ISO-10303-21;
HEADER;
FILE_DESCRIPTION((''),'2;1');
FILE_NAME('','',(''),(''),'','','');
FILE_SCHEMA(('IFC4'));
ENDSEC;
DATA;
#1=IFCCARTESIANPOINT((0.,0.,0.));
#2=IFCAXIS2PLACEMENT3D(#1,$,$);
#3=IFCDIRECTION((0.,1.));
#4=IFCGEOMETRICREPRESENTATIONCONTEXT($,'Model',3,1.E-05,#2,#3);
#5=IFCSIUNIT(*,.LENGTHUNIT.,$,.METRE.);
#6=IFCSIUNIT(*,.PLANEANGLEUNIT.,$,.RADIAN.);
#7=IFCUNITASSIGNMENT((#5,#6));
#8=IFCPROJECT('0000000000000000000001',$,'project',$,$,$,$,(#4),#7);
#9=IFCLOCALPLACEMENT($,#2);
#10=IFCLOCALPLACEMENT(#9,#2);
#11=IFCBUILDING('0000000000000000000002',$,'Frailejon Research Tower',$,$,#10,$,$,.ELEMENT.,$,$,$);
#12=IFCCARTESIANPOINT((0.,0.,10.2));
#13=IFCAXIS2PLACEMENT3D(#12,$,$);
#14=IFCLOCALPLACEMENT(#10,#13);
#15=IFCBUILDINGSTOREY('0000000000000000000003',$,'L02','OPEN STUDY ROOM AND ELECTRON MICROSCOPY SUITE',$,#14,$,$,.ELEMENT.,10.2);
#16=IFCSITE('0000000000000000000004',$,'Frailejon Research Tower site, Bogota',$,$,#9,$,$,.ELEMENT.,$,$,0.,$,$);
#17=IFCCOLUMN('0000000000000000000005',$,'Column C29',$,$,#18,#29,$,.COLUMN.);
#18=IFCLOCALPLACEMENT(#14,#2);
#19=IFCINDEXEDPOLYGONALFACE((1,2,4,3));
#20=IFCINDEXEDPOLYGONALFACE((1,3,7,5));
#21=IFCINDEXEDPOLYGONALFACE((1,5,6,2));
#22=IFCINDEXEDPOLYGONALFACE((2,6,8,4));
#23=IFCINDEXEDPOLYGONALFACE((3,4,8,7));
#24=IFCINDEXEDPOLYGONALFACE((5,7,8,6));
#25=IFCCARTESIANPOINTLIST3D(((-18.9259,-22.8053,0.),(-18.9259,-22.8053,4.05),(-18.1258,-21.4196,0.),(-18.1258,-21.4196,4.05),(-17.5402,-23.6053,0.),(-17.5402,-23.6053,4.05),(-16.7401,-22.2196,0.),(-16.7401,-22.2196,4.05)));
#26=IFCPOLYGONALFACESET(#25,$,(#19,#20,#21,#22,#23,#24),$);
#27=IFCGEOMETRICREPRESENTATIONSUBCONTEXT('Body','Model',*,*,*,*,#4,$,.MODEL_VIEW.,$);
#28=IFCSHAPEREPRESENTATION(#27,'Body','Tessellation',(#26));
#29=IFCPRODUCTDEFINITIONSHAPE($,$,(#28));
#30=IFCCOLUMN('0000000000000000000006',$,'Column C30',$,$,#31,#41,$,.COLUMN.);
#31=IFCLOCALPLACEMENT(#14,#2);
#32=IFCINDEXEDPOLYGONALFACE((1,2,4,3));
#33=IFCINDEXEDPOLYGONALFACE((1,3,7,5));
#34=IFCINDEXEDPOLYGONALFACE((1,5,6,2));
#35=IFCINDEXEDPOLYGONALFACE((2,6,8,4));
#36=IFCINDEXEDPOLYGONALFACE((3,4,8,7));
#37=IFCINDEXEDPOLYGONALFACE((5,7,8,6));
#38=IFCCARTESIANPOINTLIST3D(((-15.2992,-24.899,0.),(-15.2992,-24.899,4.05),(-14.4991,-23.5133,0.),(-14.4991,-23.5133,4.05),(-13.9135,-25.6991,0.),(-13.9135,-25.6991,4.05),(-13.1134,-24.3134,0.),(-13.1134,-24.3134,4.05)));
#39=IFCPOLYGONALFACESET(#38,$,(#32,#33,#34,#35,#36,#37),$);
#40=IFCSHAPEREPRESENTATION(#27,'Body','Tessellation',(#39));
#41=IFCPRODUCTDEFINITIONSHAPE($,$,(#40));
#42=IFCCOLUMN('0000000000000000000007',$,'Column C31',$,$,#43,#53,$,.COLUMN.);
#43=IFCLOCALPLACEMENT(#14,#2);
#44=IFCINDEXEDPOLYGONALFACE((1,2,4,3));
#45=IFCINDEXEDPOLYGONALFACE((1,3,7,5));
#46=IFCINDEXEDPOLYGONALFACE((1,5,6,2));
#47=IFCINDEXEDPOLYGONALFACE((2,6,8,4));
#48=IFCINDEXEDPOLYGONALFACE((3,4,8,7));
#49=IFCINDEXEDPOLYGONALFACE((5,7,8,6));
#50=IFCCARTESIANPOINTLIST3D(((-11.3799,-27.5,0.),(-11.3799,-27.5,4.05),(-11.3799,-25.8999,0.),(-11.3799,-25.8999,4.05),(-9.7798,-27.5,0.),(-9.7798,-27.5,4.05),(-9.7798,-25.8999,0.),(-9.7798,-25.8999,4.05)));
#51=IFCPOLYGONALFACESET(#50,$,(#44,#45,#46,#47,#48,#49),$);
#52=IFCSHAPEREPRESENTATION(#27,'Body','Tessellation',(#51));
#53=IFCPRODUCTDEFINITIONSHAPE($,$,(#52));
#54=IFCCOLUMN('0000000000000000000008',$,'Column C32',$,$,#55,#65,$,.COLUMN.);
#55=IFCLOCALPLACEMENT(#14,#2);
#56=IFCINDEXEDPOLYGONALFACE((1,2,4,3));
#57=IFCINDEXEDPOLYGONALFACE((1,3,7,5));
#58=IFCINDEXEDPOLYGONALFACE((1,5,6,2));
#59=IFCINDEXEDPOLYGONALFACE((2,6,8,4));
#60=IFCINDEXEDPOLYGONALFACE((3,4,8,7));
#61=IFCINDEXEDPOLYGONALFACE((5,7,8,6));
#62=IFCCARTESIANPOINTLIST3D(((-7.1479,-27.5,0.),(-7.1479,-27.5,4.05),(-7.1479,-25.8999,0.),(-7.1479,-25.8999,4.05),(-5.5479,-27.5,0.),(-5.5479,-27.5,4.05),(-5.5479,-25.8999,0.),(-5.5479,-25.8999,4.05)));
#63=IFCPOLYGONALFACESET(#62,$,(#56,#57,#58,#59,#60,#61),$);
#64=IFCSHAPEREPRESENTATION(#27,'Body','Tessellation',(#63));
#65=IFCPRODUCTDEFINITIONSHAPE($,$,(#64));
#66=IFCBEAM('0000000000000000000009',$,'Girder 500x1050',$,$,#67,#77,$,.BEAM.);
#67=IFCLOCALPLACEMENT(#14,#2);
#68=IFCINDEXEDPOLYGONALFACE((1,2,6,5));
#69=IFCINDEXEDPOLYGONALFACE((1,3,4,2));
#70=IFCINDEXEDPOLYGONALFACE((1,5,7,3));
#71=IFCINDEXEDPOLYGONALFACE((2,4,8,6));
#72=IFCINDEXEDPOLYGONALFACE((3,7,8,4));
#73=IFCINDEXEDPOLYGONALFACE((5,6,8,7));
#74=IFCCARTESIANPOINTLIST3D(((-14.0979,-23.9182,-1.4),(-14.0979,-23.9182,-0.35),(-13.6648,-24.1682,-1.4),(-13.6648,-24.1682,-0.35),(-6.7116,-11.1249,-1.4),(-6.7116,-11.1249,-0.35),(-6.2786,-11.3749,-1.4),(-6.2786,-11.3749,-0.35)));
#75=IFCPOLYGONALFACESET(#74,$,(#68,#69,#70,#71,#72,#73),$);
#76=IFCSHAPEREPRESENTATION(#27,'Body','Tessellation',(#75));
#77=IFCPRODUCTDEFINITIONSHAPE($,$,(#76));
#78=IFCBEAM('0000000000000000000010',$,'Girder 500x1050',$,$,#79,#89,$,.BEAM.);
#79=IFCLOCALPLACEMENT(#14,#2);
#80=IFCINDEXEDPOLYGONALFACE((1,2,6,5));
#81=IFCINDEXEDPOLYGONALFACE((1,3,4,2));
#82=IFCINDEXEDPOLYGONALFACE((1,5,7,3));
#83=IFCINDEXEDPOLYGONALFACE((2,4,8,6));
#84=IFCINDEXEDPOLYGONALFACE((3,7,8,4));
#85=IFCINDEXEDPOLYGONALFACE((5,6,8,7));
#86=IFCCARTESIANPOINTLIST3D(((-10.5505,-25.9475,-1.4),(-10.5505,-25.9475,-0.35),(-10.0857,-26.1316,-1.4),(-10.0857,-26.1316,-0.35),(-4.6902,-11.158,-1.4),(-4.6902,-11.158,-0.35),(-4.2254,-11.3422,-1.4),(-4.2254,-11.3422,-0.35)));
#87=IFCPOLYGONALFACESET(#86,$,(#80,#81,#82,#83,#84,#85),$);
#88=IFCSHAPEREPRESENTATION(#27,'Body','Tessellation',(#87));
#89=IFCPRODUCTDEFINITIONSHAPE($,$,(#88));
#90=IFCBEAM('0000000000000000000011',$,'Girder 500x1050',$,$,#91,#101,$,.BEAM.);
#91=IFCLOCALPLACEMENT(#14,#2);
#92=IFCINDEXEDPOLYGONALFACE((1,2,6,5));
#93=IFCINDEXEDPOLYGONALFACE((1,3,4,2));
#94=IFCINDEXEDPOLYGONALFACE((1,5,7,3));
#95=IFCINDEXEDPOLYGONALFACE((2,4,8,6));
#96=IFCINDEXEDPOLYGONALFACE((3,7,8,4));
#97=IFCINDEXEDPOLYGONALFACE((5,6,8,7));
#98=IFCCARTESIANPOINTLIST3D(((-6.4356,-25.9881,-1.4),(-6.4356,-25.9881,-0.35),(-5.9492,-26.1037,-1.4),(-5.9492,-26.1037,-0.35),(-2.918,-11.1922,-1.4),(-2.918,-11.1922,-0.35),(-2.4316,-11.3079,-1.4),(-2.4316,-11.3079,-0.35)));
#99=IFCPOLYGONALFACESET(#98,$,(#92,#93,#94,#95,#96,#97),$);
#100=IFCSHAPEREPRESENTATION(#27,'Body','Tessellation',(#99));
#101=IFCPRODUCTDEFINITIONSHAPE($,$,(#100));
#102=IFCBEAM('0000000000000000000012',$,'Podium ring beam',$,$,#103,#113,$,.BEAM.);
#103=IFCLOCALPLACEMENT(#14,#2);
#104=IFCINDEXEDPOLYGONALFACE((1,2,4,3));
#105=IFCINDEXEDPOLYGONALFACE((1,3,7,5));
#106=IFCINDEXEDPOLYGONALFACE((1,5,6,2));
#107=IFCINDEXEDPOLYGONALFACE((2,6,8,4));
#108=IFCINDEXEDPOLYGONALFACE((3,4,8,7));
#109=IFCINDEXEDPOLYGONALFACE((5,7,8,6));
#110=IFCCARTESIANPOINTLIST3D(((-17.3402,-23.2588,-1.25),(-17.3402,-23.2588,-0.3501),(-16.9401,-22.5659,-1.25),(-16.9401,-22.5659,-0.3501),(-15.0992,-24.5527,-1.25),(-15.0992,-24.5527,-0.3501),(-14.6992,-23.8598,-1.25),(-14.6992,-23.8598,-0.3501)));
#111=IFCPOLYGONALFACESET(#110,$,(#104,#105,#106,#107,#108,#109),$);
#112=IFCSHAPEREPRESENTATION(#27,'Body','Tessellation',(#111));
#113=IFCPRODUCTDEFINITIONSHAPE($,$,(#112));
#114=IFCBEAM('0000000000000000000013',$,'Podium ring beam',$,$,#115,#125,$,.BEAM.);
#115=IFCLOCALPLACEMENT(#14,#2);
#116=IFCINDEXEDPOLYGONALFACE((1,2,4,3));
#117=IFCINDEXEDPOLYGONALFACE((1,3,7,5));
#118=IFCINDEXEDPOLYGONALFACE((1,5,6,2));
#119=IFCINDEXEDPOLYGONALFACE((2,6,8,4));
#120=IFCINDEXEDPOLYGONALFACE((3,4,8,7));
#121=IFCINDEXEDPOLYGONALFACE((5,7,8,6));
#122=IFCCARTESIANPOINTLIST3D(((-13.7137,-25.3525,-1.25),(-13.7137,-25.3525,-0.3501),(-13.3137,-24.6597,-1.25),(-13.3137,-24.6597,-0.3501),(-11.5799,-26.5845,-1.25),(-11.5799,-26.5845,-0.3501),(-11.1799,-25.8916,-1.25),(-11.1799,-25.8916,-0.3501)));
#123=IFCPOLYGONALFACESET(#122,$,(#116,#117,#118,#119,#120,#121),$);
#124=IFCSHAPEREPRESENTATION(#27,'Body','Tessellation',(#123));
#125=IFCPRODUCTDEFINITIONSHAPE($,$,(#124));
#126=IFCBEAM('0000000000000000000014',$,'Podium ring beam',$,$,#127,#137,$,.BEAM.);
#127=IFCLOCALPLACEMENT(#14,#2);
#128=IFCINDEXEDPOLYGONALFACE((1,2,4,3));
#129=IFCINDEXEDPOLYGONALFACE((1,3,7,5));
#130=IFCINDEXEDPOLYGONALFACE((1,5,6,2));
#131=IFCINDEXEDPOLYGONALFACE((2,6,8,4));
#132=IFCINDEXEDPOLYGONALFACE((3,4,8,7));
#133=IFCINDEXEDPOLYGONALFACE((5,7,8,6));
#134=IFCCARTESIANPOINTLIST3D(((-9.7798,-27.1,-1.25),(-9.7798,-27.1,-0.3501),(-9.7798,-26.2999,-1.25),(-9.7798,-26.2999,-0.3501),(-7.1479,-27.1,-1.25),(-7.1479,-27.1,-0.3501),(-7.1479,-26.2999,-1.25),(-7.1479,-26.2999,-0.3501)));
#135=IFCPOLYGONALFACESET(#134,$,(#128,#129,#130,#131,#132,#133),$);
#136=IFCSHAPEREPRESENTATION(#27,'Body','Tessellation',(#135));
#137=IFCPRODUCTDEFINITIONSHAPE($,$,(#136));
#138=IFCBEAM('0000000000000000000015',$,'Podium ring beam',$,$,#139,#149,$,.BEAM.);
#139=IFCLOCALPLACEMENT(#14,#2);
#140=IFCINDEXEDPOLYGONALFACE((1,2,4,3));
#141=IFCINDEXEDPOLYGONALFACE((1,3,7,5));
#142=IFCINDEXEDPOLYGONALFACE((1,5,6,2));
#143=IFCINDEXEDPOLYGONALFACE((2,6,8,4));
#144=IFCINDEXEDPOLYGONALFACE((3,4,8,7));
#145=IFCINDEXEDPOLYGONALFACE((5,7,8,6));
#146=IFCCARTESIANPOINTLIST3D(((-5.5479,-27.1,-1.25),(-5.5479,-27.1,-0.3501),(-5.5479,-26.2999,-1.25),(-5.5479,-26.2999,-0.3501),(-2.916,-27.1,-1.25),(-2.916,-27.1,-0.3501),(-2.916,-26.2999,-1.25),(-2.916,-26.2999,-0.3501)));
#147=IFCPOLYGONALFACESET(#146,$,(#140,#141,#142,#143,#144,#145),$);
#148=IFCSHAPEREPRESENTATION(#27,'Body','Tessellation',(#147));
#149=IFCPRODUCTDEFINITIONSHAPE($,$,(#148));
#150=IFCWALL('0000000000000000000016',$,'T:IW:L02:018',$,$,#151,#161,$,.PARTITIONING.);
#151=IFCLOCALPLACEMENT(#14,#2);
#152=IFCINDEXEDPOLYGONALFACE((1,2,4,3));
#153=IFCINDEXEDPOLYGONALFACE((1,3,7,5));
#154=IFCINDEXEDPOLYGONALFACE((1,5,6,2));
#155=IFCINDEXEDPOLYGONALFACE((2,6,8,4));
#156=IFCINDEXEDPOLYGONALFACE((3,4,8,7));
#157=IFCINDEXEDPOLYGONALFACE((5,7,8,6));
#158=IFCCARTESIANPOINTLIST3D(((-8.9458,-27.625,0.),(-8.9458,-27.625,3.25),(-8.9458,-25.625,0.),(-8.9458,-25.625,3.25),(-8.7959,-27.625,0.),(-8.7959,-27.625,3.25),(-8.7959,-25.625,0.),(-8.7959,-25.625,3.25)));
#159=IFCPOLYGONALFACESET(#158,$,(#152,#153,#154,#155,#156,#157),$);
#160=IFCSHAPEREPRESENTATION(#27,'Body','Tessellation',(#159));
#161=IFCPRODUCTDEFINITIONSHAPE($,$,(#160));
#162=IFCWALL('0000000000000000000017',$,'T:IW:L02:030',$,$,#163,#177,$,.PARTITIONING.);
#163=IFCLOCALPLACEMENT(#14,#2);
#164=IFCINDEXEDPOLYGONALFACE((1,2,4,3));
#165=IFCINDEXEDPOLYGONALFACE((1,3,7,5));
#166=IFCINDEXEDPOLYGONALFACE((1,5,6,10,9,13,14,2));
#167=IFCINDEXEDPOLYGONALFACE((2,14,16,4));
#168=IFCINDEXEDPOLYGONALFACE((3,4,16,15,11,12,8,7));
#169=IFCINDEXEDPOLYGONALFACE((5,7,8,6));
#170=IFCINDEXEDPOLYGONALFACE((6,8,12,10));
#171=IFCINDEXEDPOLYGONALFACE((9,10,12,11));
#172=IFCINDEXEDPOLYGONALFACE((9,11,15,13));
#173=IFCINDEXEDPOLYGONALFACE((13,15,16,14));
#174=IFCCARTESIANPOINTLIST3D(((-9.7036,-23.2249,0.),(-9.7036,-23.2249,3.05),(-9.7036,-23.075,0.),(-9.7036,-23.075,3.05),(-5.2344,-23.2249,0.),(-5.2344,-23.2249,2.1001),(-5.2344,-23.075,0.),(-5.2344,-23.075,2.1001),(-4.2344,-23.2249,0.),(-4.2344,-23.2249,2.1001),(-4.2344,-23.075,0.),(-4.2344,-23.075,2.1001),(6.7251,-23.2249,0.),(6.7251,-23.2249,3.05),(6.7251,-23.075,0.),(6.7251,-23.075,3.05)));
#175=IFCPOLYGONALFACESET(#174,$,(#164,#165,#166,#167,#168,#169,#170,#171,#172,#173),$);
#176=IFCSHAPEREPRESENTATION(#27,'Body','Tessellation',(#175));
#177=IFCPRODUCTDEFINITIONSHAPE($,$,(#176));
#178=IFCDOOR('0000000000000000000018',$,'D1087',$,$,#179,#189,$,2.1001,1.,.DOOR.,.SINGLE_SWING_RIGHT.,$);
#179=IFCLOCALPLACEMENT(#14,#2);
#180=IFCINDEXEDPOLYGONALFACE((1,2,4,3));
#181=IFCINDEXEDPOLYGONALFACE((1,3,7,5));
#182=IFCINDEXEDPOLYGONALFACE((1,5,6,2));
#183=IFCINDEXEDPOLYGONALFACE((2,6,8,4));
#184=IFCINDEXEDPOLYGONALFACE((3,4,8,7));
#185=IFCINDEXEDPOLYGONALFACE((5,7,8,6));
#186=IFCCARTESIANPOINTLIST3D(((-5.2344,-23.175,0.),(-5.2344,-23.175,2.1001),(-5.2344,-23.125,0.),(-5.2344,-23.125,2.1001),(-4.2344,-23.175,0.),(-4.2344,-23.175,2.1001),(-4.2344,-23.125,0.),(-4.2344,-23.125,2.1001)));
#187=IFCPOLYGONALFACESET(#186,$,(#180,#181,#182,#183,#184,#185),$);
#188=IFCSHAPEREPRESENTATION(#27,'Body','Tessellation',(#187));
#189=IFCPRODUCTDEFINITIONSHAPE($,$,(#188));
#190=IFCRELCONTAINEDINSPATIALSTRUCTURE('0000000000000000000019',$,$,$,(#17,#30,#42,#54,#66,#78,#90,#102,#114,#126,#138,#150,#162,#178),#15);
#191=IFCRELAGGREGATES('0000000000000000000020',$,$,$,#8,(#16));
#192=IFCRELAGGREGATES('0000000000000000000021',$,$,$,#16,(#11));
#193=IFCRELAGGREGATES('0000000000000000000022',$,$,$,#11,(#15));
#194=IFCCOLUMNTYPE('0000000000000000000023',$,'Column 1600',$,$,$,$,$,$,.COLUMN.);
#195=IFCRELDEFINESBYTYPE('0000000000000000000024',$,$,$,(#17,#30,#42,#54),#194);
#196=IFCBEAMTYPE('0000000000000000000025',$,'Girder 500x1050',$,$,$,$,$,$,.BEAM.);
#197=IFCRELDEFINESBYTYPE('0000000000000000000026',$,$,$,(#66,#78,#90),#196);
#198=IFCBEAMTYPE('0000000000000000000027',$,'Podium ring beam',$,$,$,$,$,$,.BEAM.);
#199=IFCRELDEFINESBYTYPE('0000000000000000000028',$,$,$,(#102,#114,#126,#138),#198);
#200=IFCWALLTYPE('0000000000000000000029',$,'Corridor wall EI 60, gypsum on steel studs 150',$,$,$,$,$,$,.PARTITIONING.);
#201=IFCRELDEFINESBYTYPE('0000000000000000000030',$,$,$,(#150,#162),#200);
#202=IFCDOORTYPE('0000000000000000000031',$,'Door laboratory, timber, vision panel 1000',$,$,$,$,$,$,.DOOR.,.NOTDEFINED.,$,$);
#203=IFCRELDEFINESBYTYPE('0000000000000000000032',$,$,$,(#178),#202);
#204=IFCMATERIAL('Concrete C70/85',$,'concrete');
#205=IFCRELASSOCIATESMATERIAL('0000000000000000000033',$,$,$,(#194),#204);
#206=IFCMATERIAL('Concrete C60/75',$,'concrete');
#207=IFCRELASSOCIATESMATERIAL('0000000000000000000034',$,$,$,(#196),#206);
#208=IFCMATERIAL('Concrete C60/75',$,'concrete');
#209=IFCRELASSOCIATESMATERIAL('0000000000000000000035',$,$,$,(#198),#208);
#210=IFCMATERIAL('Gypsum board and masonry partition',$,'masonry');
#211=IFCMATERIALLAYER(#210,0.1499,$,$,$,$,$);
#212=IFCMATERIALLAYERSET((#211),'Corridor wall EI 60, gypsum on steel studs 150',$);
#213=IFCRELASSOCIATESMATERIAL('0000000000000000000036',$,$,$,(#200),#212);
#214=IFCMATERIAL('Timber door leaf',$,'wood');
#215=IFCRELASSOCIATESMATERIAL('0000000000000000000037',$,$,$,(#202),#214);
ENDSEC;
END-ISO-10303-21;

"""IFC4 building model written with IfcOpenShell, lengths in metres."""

from ifc_helpers import new_model, si_unit, direction, frame, frame_2d, origin, origin_2d, place, context, subcontext, project, spatial, rectangle, extrude, material, layer, layer_set, material_profile, profile_set, type_object, element, fill, save


model = new_model("IFC4")

# Units and contexts
model_context = context("Model", 3, precision=1e-05, world=origin(), true_north=direction((0.0, 1.0)))
body_context = subcontext(model_context, "Body", "Model", "MODEL_VIEW")
ifc_project = project(units=[si_unit("LENGTHUNIT", "METRE"), si_unit("PLANEANGLEUNIT", "RADIAN")], contexts=[model_context])

# Site, building, storey
site_placement = place(None, origin())
site = spatial("IfcSite", under=ifc_project, at=site_placement, Name="Frailejon Research Tower site, Bogota", CompositionType="ELEMENT", RefElevation=0.0)
building_placement = place(site_placement, origin())
building = spatial("IfcBuilding", under=site, at=building_placement, Name="Frailejon Research Tower", CompositionType="ELEMENT")
storey_placement = place(building_placement, frame((0.0, 0.0, 10.2)))
storey = spatial("IfcBuildingStorey", under=building, at=storey_placement, Name="L02", Description="OPEN STUDY ROOM AND ELECTRON MICROSCOPY SUITE", CompositionType="ELEMENT", Elevation=10.2)

# Columns
ifc_material_1 = material(Name="Concrete C70/85", Category="concrete")
ifc_material_profile_1 = material_profile(ifc_material_1, rectangle(XDim=1.6001, YDim=1.6001, at=origin_2d()), Name="Column 1600")
ifc_profile_set_1 = profile_set([ifc_material_profile_1], Name="Concrete C70/85")
column_type = type_object("IfcColumnType", Name="Column 1600", PredefinedType="COLUMN", material=ifc_profile_set_1)
for number, where, z_axis, x_axis, name in (
    (1, (-17.833, -22.5125, 0.0), (0.0, 0.0, 1.0), (0.866025, -0.5, 0.0), "Column C29"),
    (2, (-14.2063, -24.6062, 0.0), (0.0, 0.0, 1.0), (0.866025, -0.5, 0.0), "Column C30"),
    (3, (-10.5798, -26.7, 0.0), (0.0, 0.0, 1.0), (1.0, 0.0, 0.0), "Column C31"),
    (4, (-6.3479, -26.7, 0.0), (0.0, 0.0, 1.0), (1.0, 0.0, 0.0), "Column C32"),
):
    element("IfcColumn", number, at=place(storey_placement, frame(where, z_axis=z_axis, x_axis=x_axis)), inside=storey, type_object=column_type, Name=name, PredefinedType="COLUMN", context=body_context, shape_type="SweptSolid", body=[
        extrude(rectangle(XDim=1.6001, YDim=1.6001, at=origin_2d()), origin(), (0.0, 0.0, 1.0), 4.05),
    ])

# Beams
ifc_material_2 = material(Name="Concrete C60/75", Category="concrete")
ifc_material_profile_2 = material_profile(ifc_material_2, rectangle(XDim=0.5, YDim=1.05, at=origin_2d()), Name="Girder 500x1050")
ifc_profile_set_2 = profile_set([ifc_material_profile_2], Name="Concrete C60/75")
beam_type_1 = type_object("IfcBeamType", Name="Girder 500x1050", PredefinedType="BEAM", material=ifc_profile_set_2)
beam_1_placement = place(storey_placement, frame((-13.8813, -24.0432, -0.875), z_axis=(0.500003, 0.866023, 0.0), x_axis=(-0.866023, 0.500003, 0.0)))
element("IfcBeam", 5, at=beam_1_placement, inside=storey, type_object=beam_type_1, Name="Girder 500x1050", PredefinedType="BEAM", context=body_context, shape_type="SweptSolid", body=[
    extrude(rectangle(XDim=0.5, YDim=1.05, at=origin_2d()), origin(), (0.0, 0.0, 1.0), 14.7725),
])
beam_2_placement = place(storey_placement, frame((-10.3181, -26.0396, -0.875), z_axis=(0.368383, 0.929674, 0.0), x_axis=(-0.929674, 0.368383, 0.0)))
element("IfcBeam", 6, at=beam_2_placement, inside=storey, type_object=beam_type_1, Name="Girder 500x1050", PredefinedType="BEAM", context=body_context, shape_type="SweptSolid", body=[
    extrude(rectangle(XDim=0.5, YDim=1.05, at=origin_2d()), origin(), (0.0, 0.0, 1.0), 15.9082),
])
beam_3_placement = place(storey_placement, frame((-6.1924, -26.0459, -0.875), z_axis=(0.231294, 0.972884, 0.0), x_axis=(-0.972884, 0.231294, 0.0)))
element("IfcBeam", 7, at=beam_3_placement, inside=storey, type_object=beam_type_1, Name="Girder 500x1050", PredefinedType="BEAM", context=body_context, shape_type="SweptSolid", body=[
    extrude(rectangle(XDim=0.5, YDim=1.05, at=origin_2d()), origin(), (0.0, 0.0, 1.0), 15.2083),
])
ifc_material_3 = material(Name="Concrete C60/75", Category="concrete")
ifc_material_profile_3 = material_profile(ifc_material_3, rectangle(XDim=0.8, YDim=0.8999, at=origin_2d()), Name="Podium ring beam")
ifc_profile_set_3 = profile_set([ifc_material_profile_3], Name="Concrete C60/75")
beam_type_2 = type_object("IfcBeamType", Name="Podium ring beam", PredefinedType="BEAM", material=ifc_profile_set_3)
beam_4_placement = place(storey_placement, frame((-17.1401, -22.9124, -0.8), z_axis=(0.866005, -0.500036, 0.0), x_axis=(0.500036, 0.866005, 0.0)))
element("IfcBeam", 8, at=beam_4_placement, inside=storey, type_object=beam_type_2, Name="Podium ring beam", PredefinedType="BEAM", context=body_context, shape_type="SweptSolid", body=[
    extrude(rectangle(XDim=0.8, YDim=0.8999, at=origin_2d()), origin(), (0.0, 0.0, 1.0), 2.5876),
])
beam_5_placement = place(storey_placement, frame((-13.5137, -25.0061, -0.8), z_axis=(0.866027, -0.499997, 0.0), x_axis=(0.499997, 0.866027, 0.0)))
element("IfcBeam", 9, at=beam_5_placement, inside=storey, type_object=beam_type_2, Name="Podium ring beam", PredefinedType="BEAM", context=body_context, shape_type="SweptSolid", body=[
    extrude(rectangle(XDim=0.8, YDim=0.8999, at=origin_2d()), origin(), (0.0, 0.0, 1.0), 2.4639),
])
for number, where, z_axis, x_axis, name in (
    (10, (-9.7798, -26.7, -0.8), (1.0, 0.0, 0.0), (0.0, 1.0, 0.0), "Podium ring beam"),
    (11, (-5.5479, -26.7, -0.8), (1.0, 0.0, 0.0), (0.0, 1.0, 0.0), "Podium ring beam"),
):
    element("IfcBeam", number, at=place(storey_placement, frame(where, z_axis=z_axis, x_axis=x_axis)), inside=storey, type_object=beam_type_2, Name=name, PredefinedType="BEAM", context=body_context, shape_type="SweptSolid", body=[
        extrude(rectangle(XDim=0.8, YDim=0.8999, at=origin_2d()), origin(), (0.0, 0.0, 1.0), 2.6318),
    ])

# Wall
ifc_material_4 = material(Name="Gypsum board and masonry partition", Category="masonry")
ifc_layer_1 = layer(ifc_material_4, 0.1499)
ifc_layer_set_1 = layer_set([ifc_layer_1], Name="Corridor wall EI 60, gypsum on steel studs 150")
wall_type_1 = type_object("IfcWallType", Name="Corridor wall EI 60, gypsum on steel studs 150", PredefinedType="PARTITIONING", material=ifc_layer_set_1)
wall_1_placement = place(storey_placement, frame((-8.8708, -27.625, 0.0), z_axis=(0.0, 0.0, 1.0), x_axis=(0.0, 1.0, 0.0)))
element("IfcWall", 12, at=wall_1_placement, inside=storey, type_object=wall_type_1, Name="T:IW:L02:018", PredefinedType="PARTITIONING", context=body_context, shape_type="SweptSolid", body=[
    extrude(rectangle(XDim=2.0, YDim=0.1499, at=frame_2d((1.0, 0.0))), origin(), (0.0, 0.0, 1.0), 3.25),
])

# Wall, opening, door
wall_2_placement = place(storey_placement, frame((-9.7036, -23.1499, 0.0), z_axis=(0.0, 0.0, 1.0), x_axis=(1.0, 0.0, 0.0)))
wall_2 = element("IfcWall", 13, at=wall_2_placement, inside=storey, type_object=wall_type_1, Name="T:IW:L02:030", PredefinedType="PARTITIONING", context=body_context, shape_type="SweptSolid", body=[
    extrude(rectangle(XDim=16.4287, YDim=0.1499, at=frame_2d((8.2144, 0.0))), origin(), (0.0, 0.0, 1.0), 3.05),
])
opening_1_placement = place(wall_2_placement, frame((4.4692, 0.0, 0.0)))
opening_1 = element("IfcOpeningElement", 14, at=opening_1_placement, cuts=wall_2, PredefinedType="OPENING", context=body_context, shape_type="SweptSolid", body=[
    extrude(rectangle(XDim=1.0, YDim=2.1001, at=frame_2d((0.5, 1.05))), frame((0.0, 0.085, 0.0), z_axis=(0.0, -1.0, 0.0), x_axis=(1.0, 0.0, 0.0)), (0.0, 0.0, 1.0), 0.1699),
])
ifc_material_5 = material(Name="Timber door leaf", Category="wood")
door_type_1 = type_object("IfcDoorType", Name="Door laboratory, timber, vision panel 1000", OperationType="NOTDEFINED", PredefinedType="DOOR", material=ifc_material_5)
door_1_placement = place(opening_1_placement, origin())
door_1 = element("IfcDoor", 15, at=door_1_placement, inside=storey, type_object=door_type_1, Name="D1087", OperationType="SINGLE_SWING_RIGHT", OverallHeight=2.1001, OverallWidth=1.0, PredefinedType="DOOR", context=body_context, shape_type="SweptSolid", body=[
    extrude(rectangle(XDim=1.0, YDim=2.1001, at=frame_2d((0.5, 1.05))), frame((0.0, 0.0249, 0.0), z_axis=(0.0, -1.0, 0.0), x_axis=(1.0, 0.0, 0.0)), (0.0, 0.0, 1.0), 0.05),
])
fill(opening_1, door_1)

save(model, "model.ifc")
